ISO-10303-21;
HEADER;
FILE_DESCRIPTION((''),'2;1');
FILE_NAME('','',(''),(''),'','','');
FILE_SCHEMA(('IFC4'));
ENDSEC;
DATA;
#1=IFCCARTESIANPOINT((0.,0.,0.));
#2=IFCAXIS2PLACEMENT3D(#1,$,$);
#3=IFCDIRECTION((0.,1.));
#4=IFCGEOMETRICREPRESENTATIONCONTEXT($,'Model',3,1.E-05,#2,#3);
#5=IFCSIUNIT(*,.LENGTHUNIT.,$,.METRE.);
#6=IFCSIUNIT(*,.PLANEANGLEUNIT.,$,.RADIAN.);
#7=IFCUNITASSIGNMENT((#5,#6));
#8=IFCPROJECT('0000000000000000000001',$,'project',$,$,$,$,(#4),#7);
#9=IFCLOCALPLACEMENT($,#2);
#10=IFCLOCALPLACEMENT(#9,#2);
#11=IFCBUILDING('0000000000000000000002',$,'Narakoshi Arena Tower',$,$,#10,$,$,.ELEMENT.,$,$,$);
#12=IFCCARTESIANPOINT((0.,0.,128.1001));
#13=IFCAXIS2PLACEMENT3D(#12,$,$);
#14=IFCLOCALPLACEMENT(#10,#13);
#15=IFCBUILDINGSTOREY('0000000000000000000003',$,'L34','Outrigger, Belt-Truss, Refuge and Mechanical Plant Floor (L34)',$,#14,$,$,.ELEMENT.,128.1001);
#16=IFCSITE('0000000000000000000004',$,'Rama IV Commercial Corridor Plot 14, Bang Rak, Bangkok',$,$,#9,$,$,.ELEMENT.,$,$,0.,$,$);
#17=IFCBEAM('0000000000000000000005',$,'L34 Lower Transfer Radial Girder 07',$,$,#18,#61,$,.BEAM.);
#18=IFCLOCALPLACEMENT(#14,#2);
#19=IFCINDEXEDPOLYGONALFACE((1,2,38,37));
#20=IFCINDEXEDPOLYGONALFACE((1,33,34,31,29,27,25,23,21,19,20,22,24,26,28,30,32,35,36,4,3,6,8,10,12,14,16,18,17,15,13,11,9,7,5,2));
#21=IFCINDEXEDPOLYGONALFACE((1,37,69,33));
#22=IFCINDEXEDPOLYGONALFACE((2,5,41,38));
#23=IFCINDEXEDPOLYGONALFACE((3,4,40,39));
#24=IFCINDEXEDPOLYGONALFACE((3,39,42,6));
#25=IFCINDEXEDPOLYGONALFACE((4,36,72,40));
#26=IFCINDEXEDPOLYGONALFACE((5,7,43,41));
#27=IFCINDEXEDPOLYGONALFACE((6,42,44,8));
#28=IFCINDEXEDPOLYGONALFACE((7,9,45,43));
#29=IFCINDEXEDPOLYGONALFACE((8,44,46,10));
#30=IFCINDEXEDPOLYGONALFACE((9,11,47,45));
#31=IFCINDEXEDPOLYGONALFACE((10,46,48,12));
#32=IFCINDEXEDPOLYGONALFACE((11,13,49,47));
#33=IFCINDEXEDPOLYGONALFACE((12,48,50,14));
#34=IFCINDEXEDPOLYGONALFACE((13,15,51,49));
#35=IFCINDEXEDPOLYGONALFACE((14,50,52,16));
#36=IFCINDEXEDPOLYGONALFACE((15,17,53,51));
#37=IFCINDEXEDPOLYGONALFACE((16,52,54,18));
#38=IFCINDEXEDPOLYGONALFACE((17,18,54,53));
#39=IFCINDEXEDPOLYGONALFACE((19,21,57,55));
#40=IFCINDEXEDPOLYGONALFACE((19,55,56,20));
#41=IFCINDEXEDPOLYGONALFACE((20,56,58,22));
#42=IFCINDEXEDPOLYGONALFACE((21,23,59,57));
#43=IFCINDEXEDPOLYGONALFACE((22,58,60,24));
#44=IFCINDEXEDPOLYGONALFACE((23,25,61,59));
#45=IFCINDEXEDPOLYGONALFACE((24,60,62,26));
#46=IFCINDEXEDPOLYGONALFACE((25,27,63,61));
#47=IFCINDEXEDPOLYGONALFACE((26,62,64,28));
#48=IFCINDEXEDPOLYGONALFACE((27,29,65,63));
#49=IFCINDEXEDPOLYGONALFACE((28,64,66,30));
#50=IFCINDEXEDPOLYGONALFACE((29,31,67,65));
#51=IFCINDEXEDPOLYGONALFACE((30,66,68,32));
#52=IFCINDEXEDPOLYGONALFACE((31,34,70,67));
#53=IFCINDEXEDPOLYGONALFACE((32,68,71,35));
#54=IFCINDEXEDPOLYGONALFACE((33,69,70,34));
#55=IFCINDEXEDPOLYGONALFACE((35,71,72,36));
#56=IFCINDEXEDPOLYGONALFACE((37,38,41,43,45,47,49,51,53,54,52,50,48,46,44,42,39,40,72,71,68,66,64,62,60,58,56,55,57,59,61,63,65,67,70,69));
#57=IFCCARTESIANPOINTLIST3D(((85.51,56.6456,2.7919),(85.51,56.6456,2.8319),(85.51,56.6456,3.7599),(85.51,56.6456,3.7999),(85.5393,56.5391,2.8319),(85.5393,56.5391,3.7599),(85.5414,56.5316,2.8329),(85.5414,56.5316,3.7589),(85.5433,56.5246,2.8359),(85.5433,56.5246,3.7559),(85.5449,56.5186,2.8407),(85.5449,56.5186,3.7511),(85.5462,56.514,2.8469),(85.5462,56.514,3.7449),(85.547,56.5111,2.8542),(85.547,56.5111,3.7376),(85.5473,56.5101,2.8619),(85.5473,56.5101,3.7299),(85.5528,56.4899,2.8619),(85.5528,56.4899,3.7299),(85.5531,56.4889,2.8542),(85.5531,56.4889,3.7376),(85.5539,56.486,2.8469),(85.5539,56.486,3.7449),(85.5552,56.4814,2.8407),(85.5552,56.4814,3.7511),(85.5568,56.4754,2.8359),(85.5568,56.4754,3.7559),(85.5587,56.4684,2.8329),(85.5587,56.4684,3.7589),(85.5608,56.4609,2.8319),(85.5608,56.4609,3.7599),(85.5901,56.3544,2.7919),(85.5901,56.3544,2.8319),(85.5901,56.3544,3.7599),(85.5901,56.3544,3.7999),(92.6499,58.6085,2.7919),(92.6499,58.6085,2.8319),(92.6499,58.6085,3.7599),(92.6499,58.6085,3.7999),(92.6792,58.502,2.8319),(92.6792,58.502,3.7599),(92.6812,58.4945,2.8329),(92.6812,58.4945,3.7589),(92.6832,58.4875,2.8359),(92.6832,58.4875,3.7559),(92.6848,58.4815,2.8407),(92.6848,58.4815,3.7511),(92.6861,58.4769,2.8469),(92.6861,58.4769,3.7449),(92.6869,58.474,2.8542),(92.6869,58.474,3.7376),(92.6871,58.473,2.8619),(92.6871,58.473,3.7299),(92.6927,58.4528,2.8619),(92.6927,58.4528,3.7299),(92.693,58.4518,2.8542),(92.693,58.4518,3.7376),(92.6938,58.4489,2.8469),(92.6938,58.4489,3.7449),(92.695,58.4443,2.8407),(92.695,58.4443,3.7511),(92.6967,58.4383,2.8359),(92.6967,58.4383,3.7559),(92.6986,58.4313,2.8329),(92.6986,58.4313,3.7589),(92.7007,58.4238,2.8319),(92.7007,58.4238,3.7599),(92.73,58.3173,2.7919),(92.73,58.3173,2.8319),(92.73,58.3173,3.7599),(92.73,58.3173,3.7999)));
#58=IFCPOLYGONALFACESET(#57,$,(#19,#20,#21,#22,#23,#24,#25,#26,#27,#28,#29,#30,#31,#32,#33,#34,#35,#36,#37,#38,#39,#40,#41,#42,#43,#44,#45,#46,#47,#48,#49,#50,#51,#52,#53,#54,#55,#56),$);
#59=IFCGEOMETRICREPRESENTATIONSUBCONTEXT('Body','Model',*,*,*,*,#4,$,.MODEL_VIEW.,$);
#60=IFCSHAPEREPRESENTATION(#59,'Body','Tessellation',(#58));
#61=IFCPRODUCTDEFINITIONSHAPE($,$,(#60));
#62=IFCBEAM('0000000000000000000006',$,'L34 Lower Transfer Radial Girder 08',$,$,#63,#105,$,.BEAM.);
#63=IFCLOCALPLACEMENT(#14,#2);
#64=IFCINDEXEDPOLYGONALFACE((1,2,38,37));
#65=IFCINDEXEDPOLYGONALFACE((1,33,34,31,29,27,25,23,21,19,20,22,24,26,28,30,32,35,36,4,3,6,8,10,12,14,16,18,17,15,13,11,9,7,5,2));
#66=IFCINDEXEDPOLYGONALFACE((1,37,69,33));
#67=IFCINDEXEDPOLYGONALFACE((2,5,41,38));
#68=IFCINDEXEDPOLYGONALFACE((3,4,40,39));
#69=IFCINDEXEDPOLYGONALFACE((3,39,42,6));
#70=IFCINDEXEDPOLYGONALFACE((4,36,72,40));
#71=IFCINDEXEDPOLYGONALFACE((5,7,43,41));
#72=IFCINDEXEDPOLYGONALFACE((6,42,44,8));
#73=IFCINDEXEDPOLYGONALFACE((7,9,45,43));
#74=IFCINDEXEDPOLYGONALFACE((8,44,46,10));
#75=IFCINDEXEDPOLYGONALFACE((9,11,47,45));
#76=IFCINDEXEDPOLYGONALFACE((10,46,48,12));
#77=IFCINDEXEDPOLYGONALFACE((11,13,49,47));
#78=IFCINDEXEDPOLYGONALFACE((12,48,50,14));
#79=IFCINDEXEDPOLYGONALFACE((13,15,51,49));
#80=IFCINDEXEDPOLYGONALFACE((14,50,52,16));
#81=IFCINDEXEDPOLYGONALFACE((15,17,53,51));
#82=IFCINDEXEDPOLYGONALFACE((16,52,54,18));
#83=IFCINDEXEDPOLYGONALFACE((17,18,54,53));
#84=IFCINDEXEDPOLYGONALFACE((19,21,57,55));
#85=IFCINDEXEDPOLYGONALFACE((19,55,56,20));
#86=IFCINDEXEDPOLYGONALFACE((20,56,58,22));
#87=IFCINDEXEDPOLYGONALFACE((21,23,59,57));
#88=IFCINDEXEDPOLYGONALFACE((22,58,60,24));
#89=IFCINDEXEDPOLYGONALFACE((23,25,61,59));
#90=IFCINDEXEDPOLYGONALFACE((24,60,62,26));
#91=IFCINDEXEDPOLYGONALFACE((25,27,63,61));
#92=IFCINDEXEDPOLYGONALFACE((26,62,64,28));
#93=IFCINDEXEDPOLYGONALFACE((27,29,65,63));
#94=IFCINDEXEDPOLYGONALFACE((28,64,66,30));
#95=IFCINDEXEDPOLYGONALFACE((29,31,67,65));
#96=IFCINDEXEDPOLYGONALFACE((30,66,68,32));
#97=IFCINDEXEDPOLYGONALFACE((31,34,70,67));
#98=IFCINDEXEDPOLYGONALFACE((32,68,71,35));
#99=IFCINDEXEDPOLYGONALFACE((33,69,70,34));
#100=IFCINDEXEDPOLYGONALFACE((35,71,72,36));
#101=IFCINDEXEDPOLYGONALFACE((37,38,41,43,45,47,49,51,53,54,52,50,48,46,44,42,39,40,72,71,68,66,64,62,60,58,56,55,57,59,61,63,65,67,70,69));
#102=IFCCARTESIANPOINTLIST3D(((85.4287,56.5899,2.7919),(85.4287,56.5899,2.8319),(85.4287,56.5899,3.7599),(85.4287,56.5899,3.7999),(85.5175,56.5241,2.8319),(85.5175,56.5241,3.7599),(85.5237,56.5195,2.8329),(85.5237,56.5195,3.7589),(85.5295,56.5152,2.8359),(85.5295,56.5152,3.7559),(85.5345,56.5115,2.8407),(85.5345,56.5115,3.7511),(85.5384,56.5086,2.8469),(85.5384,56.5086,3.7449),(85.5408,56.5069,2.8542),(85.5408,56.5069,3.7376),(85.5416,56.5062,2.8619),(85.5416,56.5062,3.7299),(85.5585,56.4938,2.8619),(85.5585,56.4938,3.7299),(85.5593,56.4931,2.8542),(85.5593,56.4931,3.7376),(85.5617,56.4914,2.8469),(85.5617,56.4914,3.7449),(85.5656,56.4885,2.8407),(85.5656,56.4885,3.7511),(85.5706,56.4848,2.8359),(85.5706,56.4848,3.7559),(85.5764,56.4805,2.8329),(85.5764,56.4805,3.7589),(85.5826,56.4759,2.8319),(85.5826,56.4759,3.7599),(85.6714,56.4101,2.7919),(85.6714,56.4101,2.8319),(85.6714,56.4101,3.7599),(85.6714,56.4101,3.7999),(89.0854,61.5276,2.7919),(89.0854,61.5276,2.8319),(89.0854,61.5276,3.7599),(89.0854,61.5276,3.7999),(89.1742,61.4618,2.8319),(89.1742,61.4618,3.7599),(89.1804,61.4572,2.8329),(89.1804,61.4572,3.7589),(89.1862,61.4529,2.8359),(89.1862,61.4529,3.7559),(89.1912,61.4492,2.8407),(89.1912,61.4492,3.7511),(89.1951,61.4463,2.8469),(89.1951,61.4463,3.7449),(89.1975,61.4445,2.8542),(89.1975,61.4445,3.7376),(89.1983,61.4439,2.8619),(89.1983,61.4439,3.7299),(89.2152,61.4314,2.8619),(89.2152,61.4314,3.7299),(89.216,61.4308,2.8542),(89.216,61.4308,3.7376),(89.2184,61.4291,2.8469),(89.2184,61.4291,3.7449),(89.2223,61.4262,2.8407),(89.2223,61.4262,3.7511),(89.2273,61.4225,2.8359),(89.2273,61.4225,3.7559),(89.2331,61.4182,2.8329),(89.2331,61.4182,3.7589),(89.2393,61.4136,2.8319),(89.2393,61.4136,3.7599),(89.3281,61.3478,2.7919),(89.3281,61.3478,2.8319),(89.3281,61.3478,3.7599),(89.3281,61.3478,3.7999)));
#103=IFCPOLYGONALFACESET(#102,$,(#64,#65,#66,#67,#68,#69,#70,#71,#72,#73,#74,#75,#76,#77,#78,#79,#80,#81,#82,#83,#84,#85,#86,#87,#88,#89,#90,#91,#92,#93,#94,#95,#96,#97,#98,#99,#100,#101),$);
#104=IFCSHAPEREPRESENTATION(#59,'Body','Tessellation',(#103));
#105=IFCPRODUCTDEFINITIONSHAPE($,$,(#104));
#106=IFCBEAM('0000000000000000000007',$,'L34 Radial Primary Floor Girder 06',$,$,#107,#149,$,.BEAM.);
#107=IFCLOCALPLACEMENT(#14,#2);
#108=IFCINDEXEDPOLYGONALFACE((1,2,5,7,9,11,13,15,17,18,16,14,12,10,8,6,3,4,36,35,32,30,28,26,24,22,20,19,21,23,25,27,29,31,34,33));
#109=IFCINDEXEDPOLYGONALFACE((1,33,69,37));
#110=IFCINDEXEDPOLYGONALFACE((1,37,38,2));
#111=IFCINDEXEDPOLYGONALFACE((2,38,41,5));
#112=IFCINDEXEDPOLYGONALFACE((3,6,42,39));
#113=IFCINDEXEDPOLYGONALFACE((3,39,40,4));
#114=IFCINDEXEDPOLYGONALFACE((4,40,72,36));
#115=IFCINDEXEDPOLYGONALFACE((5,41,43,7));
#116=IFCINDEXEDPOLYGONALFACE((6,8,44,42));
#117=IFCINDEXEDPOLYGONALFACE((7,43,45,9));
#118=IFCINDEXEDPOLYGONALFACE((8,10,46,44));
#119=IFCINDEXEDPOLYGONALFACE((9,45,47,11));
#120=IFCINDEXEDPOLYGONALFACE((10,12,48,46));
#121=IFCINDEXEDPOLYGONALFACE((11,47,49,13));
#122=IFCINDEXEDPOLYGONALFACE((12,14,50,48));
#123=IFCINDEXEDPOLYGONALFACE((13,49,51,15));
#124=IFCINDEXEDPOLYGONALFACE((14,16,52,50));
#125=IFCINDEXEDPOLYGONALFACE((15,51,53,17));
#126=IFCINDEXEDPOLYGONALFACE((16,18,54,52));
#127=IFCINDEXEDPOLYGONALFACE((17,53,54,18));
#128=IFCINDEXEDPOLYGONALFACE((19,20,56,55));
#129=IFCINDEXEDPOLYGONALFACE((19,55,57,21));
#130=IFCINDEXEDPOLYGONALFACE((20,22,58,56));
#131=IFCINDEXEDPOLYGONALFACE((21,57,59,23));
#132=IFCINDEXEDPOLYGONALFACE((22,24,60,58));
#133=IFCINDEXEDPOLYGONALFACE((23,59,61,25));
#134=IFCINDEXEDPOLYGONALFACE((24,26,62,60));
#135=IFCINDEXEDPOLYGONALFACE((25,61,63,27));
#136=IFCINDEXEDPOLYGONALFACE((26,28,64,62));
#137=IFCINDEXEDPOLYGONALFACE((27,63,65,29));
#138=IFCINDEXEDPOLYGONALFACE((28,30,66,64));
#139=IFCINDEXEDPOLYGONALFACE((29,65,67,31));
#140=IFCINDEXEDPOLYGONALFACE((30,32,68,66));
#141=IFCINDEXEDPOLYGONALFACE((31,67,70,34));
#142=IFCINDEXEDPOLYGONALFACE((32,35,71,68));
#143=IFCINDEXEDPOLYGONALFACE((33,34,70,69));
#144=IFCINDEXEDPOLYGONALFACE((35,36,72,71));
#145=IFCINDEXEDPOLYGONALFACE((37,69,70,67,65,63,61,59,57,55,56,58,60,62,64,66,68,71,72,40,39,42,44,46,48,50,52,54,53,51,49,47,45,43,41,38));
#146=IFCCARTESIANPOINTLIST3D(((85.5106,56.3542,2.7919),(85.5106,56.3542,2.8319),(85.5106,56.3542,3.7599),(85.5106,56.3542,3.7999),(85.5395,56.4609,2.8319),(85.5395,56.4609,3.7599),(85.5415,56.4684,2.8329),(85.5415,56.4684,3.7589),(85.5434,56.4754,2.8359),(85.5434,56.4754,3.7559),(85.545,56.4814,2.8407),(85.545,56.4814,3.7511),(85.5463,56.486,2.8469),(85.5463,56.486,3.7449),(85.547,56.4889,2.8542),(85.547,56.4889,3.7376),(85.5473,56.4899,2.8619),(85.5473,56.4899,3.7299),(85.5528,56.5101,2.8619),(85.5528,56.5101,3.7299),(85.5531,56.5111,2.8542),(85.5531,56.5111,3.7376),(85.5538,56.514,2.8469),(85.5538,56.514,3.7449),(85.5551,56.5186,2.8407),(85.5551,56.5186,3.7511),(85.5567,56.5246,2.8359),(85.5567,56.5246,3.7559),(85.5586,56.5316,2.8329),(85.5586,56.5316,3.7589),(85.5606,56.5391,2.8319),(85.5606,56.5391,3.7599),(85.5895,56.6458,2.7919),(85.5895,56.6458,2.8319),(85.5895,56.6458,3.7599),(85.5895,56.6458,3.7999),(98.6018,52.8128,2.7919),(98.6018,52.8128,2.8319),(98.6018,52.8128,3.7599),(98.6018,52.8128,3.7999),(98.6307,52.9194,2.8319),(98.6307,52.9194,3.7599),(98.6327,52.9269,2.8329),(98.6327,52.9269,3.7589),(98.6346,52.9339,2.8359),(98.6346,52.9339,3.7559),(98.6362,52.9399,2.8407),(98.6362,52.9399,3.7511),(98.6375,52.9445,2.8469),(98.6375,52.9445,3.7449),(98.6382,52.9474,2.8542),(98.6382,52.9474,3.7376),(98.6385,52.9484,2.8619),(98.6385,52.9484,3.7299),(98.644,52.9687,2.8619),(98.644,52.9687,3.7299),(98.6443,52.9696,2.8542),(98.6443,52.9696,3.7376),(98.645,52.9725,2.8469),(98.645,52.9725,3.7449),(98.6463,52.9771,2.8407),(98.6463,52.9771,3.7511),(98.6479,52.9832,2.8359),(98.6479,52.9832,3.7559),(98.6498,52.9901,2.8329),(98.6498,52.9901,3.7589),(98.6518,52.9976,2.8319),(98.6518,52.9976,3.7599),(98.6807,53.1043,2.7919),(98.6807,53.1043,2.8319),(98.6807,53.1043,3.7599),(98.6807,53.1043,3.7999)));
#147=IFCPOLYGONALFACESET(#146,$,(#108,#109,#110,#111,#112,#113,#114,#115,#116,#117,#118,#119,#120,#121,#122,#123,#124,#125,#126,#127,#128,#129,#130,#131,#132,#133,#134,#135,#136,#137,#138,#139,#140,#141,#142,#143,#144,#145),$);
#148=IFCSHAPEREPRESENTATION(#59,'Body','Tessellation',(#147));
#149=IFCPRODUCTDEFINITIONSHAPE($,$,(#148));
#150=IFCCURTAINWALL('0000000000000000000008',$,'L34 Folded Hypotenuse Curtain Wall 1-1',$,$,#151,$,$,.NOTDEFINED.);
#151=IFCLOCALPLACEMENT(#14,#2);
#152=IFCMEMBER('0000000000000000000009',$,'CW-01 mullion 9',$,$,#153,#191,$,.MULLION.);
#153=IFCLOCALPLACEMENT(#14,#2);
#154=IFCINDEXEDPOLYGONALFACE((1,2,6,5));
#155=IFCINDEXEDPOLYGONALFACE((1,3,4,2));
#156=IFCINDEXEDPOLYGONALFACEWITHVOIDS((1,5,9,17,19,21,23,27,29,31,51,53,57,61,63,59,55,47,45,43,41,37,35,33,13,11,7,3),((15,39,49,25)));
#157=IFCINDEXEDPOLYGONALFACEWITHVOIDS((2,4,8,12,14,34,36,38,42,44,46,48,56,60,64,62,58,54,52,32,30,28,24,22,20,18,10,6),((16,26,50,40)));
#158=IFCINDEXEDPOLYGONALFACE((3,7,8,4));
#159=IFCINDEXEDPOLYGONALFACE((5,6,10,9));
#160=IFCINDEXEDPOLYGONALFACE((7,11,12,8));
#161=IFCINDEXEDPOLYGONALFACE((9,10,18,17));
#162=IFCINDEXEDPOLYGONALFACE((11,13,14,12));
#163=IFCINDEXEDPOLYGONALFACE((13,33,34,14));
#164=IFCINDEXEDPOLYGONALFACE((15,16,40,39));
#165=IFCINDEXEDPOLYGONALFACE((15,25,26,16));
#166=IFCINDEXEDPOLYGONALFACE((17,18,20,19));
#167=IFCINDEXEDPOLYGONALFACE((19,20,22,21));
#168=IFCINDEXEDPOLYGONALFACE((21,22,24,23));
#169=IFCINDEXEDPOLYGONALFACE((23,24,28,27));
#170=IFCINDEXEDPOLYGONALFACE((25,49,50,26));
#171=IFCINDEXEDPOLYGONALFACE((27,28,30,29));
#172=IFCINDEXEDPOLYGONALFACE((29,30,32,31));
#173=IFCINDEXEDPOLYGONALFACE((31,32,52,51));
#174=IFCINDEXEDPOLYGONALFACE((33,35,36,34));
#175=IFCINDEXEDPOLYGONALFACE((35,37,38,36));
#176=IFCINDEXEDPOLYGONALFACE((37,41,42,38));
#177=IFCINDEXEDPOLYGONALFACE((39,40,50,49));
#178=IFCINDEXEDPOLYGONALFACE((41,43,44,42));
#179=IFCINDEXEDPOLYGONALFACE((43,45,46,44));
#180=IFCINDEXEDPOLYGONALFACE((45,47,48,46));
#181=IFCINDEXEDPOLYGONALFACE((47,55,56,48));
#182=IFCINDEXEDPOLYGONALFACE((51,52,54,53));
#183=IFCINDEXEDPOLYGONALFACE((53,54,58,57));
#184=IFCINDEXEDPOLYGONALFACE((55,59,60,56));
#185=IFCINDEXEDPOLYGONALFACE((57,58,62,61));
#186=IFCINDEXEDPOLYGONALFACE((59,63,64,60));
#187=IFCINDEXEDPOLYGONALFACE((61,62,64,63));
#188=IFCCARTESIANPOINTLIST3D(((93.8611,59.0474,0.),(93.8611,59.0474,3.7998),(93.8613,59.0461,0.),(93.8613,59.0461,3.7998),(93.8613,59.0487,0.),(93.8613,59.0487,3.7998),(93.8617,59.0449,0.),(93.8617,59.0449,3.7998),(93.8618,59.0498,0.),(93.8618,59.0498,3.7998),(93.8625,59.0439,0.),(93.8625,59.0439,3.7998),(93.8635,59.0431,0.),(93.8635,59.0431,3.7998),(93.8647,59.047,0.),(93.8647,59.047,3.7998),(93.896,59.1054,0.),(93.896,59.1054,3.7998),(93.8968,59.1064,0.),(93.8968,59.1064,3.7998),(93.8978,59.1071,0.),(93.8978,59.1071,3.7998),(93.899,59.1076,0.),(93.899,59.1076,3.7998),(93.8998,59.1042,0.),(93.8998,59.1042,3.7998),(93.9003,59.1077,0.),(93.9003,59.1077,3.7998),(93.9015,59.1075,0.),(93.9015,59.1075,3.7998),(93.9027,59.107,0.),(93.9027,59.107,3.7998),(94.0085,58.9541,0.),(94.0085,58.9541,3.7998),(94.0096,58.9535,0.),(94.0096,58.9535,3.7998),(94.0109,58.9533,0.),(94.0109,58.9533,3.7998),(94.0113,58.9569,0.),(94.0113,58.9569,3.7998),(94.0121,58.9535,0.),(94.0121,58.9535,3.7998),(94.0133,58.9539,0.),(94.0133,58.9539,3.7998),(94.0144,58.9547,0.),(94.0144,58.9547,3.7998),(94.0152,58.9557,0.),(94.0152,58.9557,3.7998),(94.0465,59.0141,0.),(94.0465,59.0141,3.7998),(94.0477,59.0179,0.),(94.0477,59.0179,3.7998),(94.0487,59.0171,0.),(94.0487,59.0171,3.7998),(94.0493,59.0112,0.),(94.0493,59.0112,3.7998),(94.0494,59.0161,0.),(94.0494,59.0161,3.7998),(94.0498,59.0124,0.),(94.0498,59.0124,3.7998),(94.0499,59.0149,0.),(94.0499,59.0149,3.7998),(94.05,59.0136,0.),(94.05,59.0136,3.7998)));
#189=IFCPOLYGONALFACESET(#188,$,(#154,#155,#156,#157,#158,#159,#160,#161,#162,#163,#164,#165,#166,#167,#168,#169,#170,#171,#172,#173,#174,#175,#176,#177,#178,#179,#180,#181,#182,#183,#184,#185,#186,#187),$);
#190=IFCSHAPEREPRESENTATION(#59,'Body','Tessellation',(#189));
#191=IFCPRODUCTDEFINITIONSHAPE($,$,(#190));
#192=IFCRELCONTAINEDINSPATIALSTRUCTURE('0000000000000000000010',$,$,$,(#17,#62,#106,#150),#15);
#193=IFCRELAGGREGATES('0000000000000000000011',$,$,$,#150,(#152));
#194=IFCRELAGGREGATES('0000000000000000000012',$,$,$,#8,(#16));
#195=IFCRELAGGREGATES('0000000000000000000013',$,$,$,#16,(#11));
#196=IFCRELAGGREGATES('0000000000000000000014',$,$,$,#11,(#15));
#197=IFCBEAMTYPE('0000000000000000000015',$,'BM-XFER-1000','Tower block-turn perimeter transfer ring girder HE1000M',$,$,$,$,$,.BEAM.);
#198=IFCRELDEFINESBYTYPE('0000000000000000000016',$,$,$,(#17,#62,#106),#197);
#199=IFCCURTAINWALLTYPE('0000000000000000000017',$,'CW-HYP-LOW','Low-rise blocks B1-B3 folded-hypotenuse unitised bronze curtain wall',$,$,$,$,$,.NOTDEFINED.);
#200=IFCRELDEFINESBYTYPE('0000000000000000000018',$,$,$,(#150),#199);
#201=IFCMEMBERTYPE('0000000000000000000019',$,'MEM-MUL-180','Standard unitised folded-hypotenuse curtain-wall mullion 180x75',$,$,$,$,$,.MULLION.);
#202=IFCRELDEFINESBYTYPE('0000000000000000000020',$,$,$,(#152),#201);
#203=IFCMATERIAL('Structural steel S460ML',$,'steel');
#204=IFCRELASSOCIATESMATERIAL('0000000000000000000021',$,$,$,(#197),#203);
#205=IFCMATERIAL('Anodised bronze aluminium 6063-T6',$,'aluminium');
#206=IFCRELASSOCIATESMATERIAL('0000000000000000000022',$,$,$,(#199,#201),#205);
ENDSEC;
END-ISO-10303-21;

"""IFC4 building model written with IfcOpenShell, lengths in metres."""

from ifc_helpers import new_model, si_unit, direction, frame, origin, origin_2d, place, context, subcontext, project, spatial, hollow_rectangle, i_section, extrude, material, material_profile, profile_set, type_object, element, aggregate, save


model = new_model("IFC4")

# Units and contexts
model_context = context("Model", 3, precision=1e-05, world=origin(), true_north=direction((0.0, 1.0)))
body_context = subcontext(model_context, "Body", "Model", "MODEL_VIEW")
ifc_project = project(units=[si_unit("LENGTHUNIT", "METRE"), si_unit("PLANEANGLEUNIT", "RADIAN")], contexts=[model_context])

# Site, building, storey
site_placement = place(None, origin())
site = spatial("IfcSite", under=ifc_project, at=site_placement, Name="Rama IV Commercial Corridor Plot 14, Bang Rak, Bangkok", CompositionType="ELEMENT", RefElevation=0.0)
building_placement = place(site_placement, origin())
building = spatial("IfcBuilding", under=site, at=building_placement, Name="Narakoshi Arena Tower", CompositionType="ELEMENT")
storey_placement = place(building_placement, frame((0.0, 0.0, 128.1001)))
storey = spatial("IfcBuildingStorey", under=building, at=storey_placement, Name="L34", Description="Outrigger, Belt-Truss, Refuge and Mechanical Plant Floor (L34)", CompositionType="ELEMENT", Elevation=128.1001)

# Shared definitions
ifc_material_1 = material(Name="Structural steel S460ML", Category="steel")

# Beams
ifc_material_profile_1 = material_profile(ifc_material_1, i_section(OverallWidth=0.302, OverallDepth=1.0081, WebThickness=0.021, FlangeThickness=0.04, FilletRadius=0.03, at=origin_2d()), Name="HE1000M")
ifc_profile_set_1 = profile_set([ifc_material_profile_1], Name="Structural steel S460ML")
beam_type = type_object("IfcBeamType", Name="BM-XFER-1000", Description="Tower block-turn perimeter transfer ring girder HE1000M", PredefinedType="BEAM", material=ifc_profile_set_1)
beam_1_placement = place(storey_placement, frame((85.55, 56.5, 3.2959), z_axis=(0.964225, 0.265084, 0.0), x_axis=(-0.265084, 0.964225, 0.0)))
element("IfcBeam", 1, at=beam_1_placement, inside=storey, type_object=beam_type, Name="L34 Lower Transfer Radial Girder 07", PredefinedType="BEAM", context=body_context, shape_type="SweptSolid", body=[
    extrude(i_section(OverallWidth=0.302, OverallDepth=1.0081, WebThickness=0.021, FlangeThickness=0.04, FilletRadius=0.03, at=origin_2d()), origin(), (0.0, 0.0, 1.0), 7.4048),
])
beam_2_placement = place(storey_placement, frame((85.55, 56.5, 3.2959), z_axis=(0.595138, 0.803623, 0.0), x_axis=(-0.803623, 0.595138, 0.0)))
element("IfcBeam", 2, at=beam_2_placement, inside=storey, type_object=beam_type, Name="L34 Lower Transfer Radial Girder 08", PredefinedType="BEAM", context=body_context, shape_type="SweptSolid", body=[
    extrude(i_section(OverallWidth=0.302, OverallDepth=1.0081, WebThickness=0.021, FlangeThickness=0.04, FilletRadius=0.03, at=origin_2d()), origin(), (0.0, 0.0, 1.0), 6.1443),
])
beam_3_placement = place(storey_placement, frame((85.55, 56.5, 3.2959), z_axis=(0.965302, -0.261137, 0.0), x_axis=(0.261137, 0.965302, 0.0)))
element("IfcBeam", 3, at=beam_3_placement, inside=storey, type_object=beam_type, Name="L34 Radial Primary Floor Girder 06", PredefinedType="BEAM", context=body_context, shape_type="SweptSolid", body=[
    extrude(i_section(OverallWidth=0.302, OverallDepth=1.0081, WebThickness=0.021, FlangeThickness=0.04, FilletRadius=0.03, at=origin_2d()), origin(), (0.0, 0.0, 1.0), 13.5618),
])

# Curtain wall, member
ifc_material_2 = material(Name="Anodised bronze aluminium 6063-T6", Category="aluminium")
curtain_wall_type = type_object("IfcCurtainWallType", Name="CW-HYP-LOW", Description="Low-rise blocks B1-B3 folded-hypotenuse unitised bronze curtain wall", PredefinedType="NOTDEFINED", material=ifc_material_2)
curtain_wall_1_placement = place(storey_placement, origin())
curtain_wall_1 = element("IfcCurtainWall", 4, at=curtain_wall_1_placement, inside=storey, type_object=curtain_wall_type, Name="L34 Folded Hypotenuse Curtain Wall 1-1", PredefinedType="NOTDEFINED")
ifc_material_profile_2 = material_profile(ifc_material_2, hollow_rectangle(XDim=0.075, YDim=0.1799, WallThickness=0.0039, OuterFilletRadius=0.0049, at=origin_2d()), Name="MUL180x75x4")
ifc_profile_set_2 = profile_set([ifc_material_profile_2], Name="Anodised bronze aluminium 6063-T6")
member_type_1 = type_object("IfcMemberType", Name="MEM-MUL-180", Description="Standard unitised folded-hypotenuse curtain-wall mullion 180x75", PredefinedType="MULLION", material=ifc_profile_set_2)
member_1_placement = place(storey_placement, frame((93.9556, 59.0305, 0.0), z_axis=(0.0, 0.0, 1.0), x_axis=(-0.523358, -0.852113, 0.0)))
member_1 = element("IfcMember", 5, at=member_1_placement, type_object=member_type_1, Name="CW-01 mullion 9", PredefinedType="MULLION", context=body_context, shape_type="SweptSolid", body=[
    extrude(hollow_rectangle(XDim=0.075, YDim=0.1799, WallThickness=0.0039, OuterFilletRadius=0.0049, at=origin_2d()), origin(), (0.0, 0.0, 1.0), 3.7998),
])

aggregate(curtain_wall_1, [member_1])

save(model, "model.ifc")
